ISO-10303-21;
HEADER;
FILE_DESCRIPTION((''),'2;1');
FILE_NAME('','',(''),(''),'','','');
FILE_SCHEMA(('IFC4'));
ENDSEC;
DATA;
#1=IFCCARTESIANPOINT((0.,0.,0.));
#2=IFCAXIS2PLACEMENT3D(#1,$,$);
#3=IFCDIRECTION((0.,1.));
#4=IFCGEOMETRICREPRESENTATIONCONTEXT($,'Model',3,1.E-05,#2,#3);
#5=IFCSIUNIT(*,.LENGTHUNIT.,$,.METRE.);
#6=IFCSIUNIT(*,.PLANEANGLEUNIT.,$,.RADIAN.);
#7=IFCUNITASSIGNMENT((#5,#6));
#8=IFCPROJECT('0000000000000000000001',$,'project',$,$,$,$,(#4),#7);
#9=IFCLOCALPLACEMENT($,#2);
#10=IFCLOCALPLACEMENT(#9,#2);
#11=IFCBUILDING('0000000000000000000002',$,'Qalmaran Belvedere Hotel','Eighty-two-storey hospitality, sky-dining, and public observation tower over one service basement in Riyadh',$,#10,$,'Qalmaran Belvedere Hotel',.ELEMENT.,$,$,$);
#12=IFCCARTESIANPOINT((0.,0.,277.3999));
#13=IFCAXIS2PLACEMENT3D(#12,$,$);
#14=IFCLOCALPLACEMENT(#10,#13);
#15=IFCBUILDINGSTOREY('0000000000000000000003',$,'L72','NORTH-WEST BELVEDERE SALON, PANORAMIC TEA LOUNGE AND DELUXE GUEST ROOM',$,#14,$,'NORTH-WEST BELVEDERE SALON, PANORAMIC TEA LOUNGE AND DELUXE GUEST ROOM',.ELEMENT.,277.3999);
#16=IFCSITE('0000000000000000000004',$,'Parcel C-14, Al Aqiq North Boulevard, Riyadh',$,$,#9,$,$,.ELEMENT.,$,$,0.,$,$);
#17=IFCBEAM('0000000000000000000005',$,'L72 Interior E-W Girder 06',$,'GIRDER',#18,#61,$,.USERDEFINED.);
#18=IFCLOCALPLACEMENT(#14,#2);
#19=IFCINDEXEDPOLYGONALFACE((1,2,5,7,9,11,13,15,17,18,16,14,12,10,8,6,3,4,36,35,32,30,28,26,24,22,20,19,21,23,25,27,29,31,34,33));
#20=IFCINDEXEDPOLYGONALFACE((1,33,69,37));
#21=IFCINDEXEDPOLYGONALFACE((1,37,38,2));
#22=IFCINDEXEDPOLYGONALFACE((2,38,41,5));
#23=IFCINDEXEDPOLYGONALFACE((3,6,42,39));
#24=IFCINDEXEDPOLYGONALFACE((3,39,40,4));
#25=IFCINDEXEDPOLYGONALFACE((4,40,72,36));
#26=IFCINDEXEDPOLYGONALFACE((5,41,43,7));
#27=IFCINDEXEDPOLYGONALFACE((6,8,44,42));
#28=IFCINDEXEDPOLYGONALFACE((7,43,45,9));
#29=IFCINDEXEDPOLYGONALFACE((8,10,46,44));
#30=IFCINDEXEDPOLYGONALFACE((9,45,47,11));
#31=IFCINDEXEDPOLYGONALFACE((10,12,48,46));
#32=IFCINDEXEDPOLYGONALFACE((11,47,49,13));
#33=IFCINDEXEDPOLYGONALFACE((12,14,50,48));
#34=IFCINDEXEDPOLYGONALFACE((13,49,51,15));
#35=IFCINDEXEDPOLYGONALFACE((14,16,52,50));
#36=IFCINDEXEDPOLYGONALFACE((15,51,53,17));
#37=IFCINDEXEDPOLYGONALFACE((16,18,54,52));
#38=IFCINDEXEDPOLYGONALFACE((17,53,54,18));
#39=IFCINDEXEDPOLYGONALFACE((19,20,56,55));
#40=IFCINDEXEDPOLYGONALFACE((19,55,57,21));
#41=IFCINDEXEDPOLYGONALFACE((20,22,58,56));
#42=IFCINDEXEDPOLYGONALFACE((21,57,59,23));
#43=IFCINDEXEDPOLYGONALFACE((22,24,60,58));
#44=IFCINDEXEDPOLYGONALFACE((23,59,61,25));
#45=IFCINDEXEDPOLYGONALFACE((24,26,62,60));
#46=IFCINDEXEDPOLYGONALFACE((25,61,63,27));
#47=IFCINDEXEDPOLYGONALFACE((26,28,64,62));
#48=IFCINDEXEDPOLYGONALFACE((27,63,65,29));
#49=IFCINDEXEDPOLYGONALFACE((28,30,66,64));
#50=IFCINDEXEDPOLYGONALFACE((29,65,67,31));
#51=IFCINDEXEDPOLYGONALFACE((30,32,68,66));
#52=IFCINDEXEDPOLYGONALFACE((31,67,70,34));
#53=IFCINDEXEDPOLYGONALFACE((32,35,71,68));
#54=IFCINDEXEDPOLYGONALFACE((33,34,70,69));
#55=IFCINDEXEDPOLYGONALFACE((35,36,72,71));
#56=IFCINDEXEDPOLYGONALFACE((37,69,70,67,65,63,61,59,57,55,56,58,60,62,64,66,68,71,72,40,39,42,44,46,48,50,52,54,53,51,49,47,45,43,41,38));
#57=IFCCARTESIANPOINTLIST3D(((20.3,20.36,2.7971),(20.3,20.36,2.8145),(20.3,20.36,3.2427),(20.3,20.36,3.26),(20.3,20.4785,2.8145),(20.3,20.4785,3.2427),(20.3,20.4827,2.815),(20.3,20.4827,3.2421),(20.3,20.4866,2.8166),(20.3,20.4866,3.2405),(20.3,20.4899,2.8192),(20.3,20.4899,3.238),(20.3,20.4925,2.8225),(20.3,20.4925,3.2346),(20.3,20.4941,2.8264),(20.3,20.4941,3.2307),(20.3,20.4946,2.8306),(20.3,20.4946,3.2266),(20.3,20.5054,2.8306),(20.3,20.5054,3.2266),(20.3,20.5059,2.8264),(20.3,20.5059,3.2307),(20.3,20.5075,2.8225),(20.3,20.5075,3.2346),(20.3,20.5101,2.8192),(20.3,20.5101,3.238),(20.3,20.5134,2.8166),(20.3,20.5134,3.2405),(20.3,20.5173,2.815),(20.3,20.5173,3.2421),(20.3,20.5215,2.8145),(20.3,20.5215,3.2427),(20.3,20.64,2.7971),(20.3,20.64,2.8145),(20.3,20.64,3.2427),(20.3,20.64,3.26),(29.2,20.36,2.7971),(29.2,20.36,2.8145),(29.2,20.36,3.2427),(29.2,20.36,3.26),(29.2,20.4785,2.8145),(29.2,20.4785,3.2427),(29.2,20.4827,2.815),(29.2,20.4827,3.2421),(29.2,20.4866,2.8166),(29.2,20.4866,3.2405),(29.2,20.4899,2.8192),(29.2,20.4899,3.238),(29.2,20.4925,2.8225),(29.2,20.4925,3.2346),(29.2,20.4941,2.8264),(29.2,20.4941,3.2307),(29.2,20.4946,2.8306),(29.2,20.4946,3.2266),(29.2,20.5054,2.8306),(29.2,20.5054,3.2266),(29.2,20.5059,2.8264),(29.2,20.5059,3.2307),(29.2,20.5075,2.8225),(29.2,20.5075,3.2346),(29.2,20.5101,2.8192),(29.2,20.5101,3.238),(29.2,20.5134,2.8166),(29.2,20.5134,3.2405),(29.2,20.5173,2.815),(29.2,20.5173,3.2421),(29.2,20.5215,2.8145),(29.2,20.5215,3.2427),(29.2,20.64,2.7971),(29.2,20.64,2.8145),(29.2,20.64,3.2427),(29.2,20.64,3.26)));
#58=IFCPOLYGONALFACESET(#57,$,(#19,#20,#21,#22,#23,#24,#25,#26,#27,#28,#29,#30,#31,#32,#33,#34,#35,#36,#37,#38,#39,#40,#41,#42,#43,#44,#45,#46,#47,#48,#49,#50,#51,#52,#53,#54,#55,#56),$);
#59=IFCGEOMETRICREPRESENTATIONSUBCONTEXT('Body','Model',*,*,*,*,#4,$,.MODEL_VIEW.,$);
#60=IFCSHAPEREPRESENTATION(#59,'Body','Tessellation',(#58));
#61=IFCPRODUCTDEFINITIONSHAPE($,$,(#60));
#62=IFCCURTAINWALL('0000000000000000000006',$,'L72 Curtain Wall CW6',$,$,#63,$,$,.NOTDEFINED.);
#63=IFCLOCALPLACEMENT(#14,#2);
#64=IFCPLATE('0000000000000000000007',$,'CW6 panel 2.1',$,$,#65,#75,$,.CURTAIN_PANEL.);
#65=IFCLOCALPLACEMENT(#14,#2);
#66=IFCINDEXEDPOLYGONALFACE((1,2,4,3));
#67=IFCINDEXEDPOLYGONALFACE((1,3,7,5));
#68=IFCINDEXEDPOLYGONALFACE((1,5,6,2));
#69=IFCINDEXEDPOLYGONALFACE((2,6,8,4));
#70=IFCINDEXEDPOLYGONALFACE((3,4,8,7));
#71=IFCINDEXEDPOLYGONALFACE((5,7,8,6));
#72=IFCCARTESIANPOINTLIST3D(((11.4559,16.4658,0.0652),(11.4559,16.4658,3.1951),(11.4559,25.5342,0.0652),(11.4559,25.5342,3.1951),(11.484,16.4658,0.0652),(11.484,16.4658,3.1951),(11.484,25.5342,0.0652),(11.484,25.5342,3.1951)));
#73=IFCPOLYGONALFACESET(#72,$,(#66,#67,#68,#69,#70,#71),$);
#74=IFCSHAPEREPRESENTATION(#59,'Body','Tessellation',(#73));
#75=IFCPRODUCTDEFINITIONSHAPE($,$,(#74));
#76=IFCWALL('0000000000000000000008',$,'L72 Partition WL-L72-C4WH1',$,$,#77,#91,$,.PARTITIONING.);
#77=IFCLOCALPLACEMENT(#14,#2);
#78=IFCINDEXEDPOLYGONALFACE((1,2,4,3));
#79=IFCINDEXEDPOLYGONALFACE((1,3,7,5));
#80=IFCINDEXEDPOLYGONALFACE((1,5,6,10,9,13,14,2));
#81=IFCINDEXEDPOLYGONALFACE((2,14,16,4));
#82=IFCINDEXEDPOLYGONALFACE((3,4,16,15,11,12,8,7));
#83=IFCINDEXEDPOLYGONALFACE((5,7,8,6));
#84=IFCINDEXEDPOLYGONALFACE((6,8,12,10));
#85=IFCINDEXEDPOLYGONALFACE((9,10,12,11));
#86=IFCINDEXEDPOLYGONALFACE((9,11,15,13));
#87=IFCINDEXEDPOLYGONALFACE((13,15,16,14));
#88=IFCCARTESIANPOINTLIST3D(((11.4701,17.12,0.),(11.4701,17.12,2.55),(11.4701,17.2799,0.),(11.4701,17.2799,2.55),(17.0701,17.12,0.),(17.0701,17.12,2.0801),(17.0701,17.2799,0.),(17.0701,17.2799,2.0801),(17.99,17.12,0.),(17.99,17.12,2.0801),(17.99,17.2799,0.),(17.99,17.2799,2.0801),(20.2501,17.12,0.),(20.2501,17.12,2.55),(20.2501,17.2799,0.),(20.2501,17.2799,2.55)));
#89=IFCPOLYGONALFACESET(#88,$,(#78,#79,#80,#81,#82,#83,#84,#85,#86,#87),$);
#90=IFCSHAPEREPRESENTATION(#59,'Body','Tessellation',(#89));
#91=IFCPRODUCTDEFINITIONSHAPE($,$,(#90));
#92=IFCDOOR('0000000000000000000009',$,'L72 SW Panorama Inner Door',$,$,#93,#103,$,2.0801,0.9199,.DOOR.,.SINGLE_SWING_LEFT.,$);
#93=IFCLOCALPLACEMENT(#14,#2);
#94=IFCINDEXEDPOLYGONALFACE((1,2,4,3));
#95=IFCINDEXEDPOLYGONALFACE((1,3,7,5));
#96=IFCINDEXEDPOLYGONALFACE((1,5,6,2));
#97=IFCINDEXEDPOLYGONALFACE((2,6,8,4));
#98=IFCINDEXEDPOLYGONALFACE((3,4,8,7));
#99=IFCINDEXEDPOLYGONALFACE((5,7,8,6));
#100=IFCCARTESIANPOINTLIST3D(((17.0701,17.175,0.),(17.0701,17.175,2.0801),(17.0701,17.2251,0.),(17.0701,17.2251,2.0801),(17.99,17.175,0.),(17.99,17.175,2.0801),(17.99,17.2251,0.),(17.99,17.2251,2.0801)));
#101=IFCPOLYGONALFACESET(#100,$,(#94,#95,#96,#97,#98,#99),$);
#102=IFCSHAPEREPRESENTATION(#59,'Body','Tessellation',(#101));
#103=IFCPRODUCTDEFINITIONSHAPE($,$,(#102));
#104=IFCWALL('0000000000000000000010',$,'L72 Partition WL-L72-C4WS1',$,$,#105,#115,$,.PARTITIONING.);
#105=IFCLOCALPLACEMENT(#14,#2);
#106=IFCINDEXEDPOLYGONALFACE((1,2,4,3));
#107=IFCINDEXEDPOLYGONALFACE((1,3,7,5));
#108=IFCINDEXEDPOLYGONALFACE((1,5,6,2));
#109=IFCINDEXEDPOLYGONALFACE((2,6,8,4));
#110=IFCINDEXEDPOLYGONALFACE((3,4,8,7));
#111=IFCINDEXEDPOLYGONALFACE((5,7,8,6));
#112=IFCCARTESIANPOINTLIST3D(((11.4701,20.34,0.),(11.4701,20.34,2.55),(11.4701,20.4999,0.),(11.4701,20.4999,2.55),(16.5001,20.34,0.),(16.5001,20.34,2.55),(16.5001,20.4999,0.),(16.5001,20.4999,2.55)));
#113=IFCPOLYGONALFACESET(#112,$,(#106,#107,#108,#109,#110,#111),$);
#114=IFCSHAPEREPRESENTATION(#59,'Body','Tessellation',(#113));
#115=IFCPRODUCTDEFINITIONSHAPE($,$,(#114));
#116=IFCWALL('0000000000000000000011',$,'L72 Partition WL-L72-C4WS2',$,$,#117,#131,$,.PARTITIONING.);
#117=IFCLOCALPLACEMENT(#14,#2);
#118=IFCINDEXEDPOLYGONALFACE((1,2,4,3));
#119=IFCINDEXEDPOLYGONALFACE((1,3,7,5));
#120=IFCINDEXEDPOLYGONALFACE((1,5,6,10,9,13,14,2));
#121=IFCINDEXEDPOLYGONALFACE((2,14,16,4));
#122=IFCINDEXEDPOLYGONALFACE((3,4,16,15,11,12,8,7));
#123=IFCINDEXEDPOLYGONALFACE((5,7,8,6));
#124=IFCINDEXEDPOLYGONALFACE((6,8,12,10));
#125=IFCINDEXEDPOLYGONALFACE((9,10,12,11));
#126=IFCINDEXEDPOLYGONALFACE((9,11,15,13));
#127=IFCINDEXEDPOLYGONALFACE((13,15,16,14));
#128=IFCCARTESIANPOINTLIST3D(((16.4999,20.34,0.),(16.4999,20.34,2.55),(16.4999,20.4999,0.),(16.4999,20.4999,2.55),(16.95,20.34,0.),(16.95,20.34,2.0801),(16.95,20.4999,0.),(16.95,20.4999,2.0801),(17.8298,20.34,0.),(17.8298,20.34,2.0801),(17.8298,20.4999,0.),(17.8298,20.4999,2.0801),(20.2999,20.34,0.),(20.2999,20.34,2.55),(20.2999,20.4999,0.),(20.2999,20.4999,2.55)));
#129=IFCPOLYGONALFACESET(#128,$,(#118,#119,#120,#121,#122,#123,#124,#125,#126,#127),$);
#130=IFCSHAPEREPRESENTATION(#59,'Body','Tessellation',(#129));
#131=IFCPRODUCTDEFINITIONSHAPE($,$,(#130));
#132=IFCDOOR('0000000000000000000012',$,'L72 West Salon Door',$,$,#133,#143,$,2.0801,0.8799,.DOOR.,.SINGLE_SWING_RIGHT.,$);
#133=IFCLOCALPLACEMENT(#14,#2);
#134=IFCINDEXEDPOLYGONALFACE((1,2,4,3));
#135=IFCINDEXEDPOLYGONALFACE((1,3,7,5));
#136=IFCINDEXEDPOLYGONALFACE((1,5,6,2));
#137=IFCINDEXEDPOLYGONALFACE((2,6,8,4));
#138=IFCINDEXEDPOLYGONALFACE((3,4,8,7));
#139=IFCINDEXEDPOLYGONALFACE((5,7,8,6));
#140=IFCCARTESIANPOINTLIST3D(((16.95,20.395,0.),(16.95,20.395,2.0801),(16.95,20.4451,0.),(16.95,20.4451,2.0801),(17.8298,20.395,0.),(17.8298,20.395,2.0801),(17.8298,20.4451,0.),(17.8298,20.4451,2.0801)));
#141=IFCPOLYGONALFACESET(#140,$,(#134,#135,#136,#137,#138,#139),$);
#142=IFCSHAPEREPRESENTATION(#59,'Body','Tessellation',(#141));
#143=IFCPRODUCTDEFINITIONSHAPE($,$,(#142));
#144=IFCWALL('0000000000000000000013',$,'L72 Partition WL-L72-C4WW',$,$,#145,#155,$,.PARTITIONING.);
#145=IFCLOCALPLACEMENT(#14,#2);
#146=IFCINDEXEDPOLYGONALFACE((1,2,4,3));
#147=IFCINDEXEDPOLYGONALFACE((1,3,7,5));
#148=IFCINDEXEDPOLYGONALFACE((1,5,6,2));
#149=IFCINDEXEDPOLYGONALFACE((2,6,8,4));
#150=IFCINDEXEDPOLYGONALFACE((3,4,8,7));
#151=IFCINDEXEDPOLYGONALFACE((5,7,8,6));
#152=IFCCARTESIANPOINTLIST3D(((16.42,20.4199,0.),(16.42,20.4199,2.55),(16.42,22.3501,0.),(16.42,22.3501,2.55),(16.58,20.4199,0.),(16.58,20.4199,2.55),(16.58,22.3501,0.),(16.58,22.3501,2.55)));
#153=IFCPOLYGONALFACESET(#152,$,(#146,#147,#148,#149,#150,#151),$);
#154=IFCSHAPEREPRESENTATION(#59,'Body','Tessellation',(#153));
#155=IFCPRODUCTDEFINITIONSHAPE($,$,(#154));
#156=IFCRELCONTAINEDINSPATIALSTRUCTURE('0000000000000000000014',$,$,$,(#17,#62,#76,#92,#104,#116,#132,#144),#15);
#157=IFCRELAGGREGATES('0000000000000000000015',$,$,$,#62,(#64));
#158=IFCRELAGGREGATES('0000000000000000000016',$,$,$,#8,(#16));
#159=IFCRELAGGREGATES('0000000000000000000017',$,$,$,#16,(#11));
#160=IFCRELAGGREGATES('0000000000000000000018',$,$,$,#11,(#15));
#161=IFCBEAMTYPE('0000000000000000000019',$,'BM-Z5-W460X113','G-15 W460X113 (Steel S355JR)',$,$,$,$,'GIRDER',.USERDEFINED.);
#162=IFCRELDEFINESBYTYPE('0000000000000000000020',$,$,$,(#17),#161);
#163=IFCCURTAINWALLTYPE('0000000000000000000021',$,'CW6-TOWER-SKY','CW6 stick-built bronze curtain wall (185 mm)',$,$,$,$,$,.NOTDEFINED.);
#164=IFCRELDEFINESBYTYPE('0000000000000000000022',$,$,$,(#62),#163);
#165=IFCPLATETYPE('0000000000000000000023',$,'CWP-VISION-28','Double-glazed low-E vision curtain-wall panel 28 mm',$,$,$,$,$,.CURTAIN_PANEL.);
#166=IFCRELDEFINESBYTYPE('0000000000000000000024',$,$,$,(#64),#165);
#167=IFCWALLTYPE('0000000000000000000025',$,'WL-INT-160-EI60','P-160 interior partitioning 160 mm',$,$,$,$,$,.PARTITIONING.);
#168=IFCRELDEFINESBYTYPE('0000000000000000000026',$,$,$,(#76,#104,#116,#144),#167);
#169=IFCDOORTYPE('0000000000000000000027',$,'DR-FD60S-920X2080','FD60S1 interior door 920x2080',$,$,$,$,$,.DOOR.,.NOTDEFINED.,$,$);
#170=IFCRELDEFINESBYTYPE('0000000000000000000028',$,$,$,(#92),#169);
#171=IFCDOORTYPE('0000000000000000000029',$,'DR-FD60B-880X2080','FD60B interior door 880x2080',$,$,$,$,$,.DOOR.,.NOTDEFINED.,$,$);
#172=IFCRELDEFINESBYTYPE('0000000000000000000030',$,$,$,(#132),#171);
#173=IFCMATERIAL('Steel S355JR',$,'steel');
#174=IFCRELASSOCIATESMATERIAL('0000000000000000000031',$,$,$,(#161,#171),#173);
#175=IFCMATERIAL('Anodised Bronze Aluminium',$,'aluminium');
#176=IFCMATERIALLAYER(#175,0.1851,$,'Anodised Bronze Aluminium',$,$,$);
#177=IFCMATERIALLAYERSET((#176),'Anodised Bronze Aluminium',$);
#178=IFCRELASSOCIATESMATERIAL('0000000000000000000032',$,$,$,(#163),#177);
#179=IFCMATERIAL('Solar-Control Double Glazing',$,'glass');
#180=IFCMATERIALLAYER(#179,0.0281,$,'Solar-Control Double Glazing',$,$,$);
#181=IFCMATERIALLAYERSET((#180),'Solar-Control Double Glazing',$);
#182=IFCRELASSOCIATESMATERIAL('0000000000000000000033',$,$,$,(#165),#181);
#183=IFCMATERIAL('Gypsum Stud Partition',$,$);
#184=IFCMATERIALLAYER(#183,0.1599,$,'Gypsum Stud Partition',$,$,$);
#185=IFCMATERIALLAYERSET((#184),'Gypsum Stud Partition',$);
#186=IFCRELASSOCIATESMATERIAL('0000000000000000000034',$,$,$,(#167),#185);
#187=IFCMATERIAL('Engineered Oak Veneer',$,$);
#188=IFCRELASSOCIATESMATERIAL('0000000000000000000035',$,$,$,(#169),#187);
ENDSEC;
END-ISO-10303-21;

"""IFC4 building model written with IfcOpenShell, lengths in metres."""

from ifc_helpers import new_model, si_unit, direction, frame, frame_2d, origin, origin_2d, place, context, subcontext, project, spatial, rectangle, i_section, extrude, material, layer, layer_set, material_profile, profile_set, type_object, element, fill, aggregate, save


model = new_model("IFC4")

# Units and contexts
model_context = context("Model", 3, precision=1e-05, world=origin(), true_north=direction((0.0, 1.0)))
body_context = subcontext(model_context, "Body", "Model", "MODEL_VIEW")
ifc_project = project(units=[si_unit("LENGTHUNIT", "METRE"), si_unit("PLANEANGLEUNIT", "RADIAN")], contexts=[model_context])

# Site, building, storey
site_placement = place(None, origin())
site = spatial("IfcSite", under=ifc_project, at=site_placement, Name="Parcel C-14, Al Aqiq North Boulevard, Riyadh", CompositionType="ELEMENT", RefElevation=0.0)
building_placement = place(site_placement, origin())
building = spatial("IfcBuilding", under=site, at=building_placement, Name="Qalmaran Belvedere Hotel", Description="Eighty-two-storey hospitality, sky-dining, and public observation tower over one service basement in Riyadh", LongName="Qalmaran Belvedere Hotel", CompositionType="ELEMENT")
storey_placement = place(building_placement, frame((0.0, 0.0, 277.3999)))
storey = spatial("IfcBuildingStorey", under=building, at=storey_placement, Name="L72", Description="NORTH-WEST BELVEDERE SALON, PANORAMIC TEA LOUNGE AND DELUXE GUEST ROOM", LongName="NORTH-WEST BELVEDERE SALON, PANORAMIC TEA LOUNGE AND DELUXE GUEST ROOM", CompositionType="ELEMENT", Elevation=277.3999)

# Beam
ifc_material_1 = material(Name="Steel S355JR", Category="steel")
ifc_material_profile_1 = material_profile(ifc_material_1, i_section(OverallWidth=0.28, OverallDepth=0.4629, WebThickness=0.0107, FlangeThickness=0.0173, FilletRadius=0.0161, at=origin_2d()), Name="W460X113")
ifc_profile_set_1 = profile_set([ifc_material_profile_1], Name="Steel S355JR")
beam_type_1 = type_object("IfcBeamType", Name="BM-Z5-W460X113", Description="G-15 W460X113 (Steel S355JR)", ElementType="GIRDER", PredefinedType="USERDEFINED", material=ifc_profile_set_1)
beam_1_placement = place(storey_placement, frame((20.3, 20.5, 3.0286), z_axis=(1.0, 0.0, 0.0), x_axis=(0.0, 1.0, 0.0)))
element("IfcBeam", 1, at=beam_1_placement, inside=storey, type_object=beam_type_1, Name="L72 Interior E-W Girder 06", ObjectType="GIRDER", PredefinedType="USERDEFINED", context=body_context, shape_type="SweptSolid", body=[
    extrude(i_section(OverallWidth=0.28, OverallDepth=0.4629, WebThickness=0.0107, FlangeThickness=0.0173, FilletRadius=0.0161, at=origin_2d()), origin(), (0.0, 0.0, 1.0), 8.8999),
])

# Curtain wall, plate
ifc_material_2 = material(Name="Anodised Bronze Aluminium", Category="aluminium")
ifc_layer_1 = layer(ifc_material_2, 0.1851, Name="Anodised Bronze Aluminium")
ifc_layer_set_1 = layer_set([ifc_layer_1], Name="Anodised Bronze Aluminium")
curtain_wall_type = type_object("IfcCurtainWallType", Name="CW6-TOWER-SKY", Description="CW6 stick-built bronze curtain wall (185 mm)", PredefinedType="NOTDEFINED", material=ifc_layer_set_1)
curtain_wall_placement = place(storey_placement, origin())
curtain_wall = element("IfcCurtainWall", 2, at=curtain_wall_placement, inside=storey, type_object=curtain_wall_type, Name="L72 Curtain Wall CW6", PredefinedType="NOTDEFINED")
ifc_material_3 = material(Name="Solar-Control Double Glazing", Category="glass")
ifc_layer_2 = layer(ifc_material_3, 0.0281, Name="Solar-Control Double Glazing")
ifc_layer_set_2 = layer_set([ifc_layer_2], Name="Solar-Control Double Glazing")
plate_type = type_object("IfcPlateType", Name="CWP-VISION-28", Description="Double-glazed low-E vision curtain-wall panel 28 mm", PredefinedType="CURTAIN_PANEL", material=ifc_layer_set_2)
plate_placement = place(storey_placement, frame((11.47, 21.0, 0.0652), z_axis=(0.0, 0.0, 1.0), x_axis=(0.0, -1.0, 0.0)))
plate = element("IfcPlate", 3, at=plate_placement, type_object=plate_type, Name="CW6 panel 2.1", PredefinedType="CURTAIN_PANEL", context=body_context, shape_type="SweptSolid", body=[
    extrude(rectangle(XDim=9.0684, YDim=0.0281, at=origin_2d()), origin(), (0.0, 0.0, 1.0), 3.1299),
])
aggregate(curtain_wall, [plate])

# Wall, opening, door
ifc_material_4 = material(Name="Gypsum Stud Partition")
ifc_layer_3 = layer(ifc_material_4, 0.1599, Name="Gypsum Stud Partition")
ifc_layer_set_3 = layer_set([ifc_layer_3], Name="Gypsum Stud Partition")
wall_type_1 = type_object("IfcWallType", Name="WL-INT-160-EI60", Description="P-160 interior partitioning 160 mm", PredefinedType="PARTITIONING", material=ifc_layer_set_3)
wall_1_placement = place(storey_placement, frame((11.47, 17.2, 0.0), z_axis=(0.0, 0.0, 1.0), x_axis=(1.0, 0.0, 0.0)))
wall_1 = element("IfcWall", 4, at=wall_1_placement, inside=storey, type_object=wall_type_1, Name="L72 Partition WL-L72-C4WH1", PredefinedType="PARTITIONING", context=body_context, shape_type="SweptSolid", body=[
    extrude(rectangle(XDim=8.78, YDim=0.1599, at=frame_2d((4.3901, 0.0))), origin(), (0.0, 0.0, 1.0), 2.55),
])
opening_1_placement = place(wall_1_placement, frame((6.52, 0.0, 0.0), z_axis=(0.0, 0.0, 1.0), x_axis=(-1.0, 0.0, 0.0)))
opening_1 = element("IfcOpeningElement", 5, at=opening_1_placement, cuts=wall_1, PredefinedType="OPENING", context=body_context, shape_type="SweptSolid", body=[
    extrude(rectangle(XDim=0.9199, YDim=2.0801, at=frame_2d((0.46, 1.04))), frame((0.0, 0.0898, 0.0), z_axis=(0.0, -1.0, 0.0), x_axis=(1.0, 0.0, 0.0)), (0.0, 0.0, 1.0), 0.1799),
])
ifc_material_5 = material(Name="Engineered Oak Veneer")
door_type_1 = type_object("IfcDoorType", Name="DR-FD60S-920X2080", Description="FD60S1 interior door 920x2080", OperationType="NOTDEFINED", PredefinedType="DOOR", material=ifc_material_5)
door_1_placement = place(opening_1_placement, origin())
door_1 = element("IfcDoor", 6, at=door_1_placement, inside=storey, type_object=door_type_1, Name="L72 SW Panorama Inner Door", OperationType="SINGLE_SWING_LEFT", OverallHeight=2.0801, OverallWidth=0.9199, PredefinedType="DOOR", context=body_context, shape_type="SweptSolid", body=[
    extrude(rectangle(XDim=0.9199, YDim=2.0801, at=frame_2d((0.46, 1.04))), frame((0.0, 0.0249, 0.0), z_axis=(0.0, -1.0, 0.0), x_axis=(1.0, 0.0, 0.0)), (0.0, 0.0, 1.0), 0.05),
])
fill(opening_1, door_1)

# Wall
wall_2_placement = place(storey_placement, frame((11.47, 20.4199, 0.0), z_axis=(0.0, 0.0, 1.0), x_axis=(1.0, 0.0, 0.0)))
element("IfcWall", 7, at=wall_2_placement, inside=storey, type_object=wall_type_1, Name="L72 Partition WL-L72-C4WS1", PredefinedType="PARTITIONING", context=body_context, shape_type="SweptSolid", body=[
    extrude(rectangle(XDim=5.03, YDim=0.1599, at=frame_2d((2.5151, 0.0))), origin(), (0.0, 0.0, 1.0), 2.55),
])

# Wall, opening, door
wall_3_placement = place(storey_placement, frame((16.5, 20.4199, 0.0), z_axis=(0.0, 0.0, 1.0), x_axis=(1.0, 0.0, 0.0)))
wall_3 = element("IfcWall", 8, at=wall_3_placement, inside=storey, type_object=wall_type_1, Name="L72 Partition WL-L72-C4WS2", PredefinedType="PARTITIONING", context=body_context, shape_type="SweptSolid", body=[
    extrude(rectangle(XDim=3.8, YDim=0.1599, at=frame_2d((1.8999, 0.0))), origin(), (0.0, 0.0, 1.0), 2.55),
])
opening_2_placement = place(wall_3_placement, frame((1.3298, 0.0, 0.0), z_axis=(0.0, 0.0, 1.0), x_axis=(-1.0, 0.0, 0.0)))
opening_2 = element("IfcOpeningElement", 9, at=opening_2_placement, cuts=wall_3, PredefinedType="OPENING", context=body_context, shape_type="SweptSolid", body=[
    extrude(rectangle(XDim=0.8799, YDim=2.0801, at=frame_2d((0.4399, 1.04))), frame((0.0, 0.0898, 0.0), z_axis=(0.0, -1.0, 0.0), x_axis=(1.0, 0.0, 0.0)), (0.0, 0.0, 1.0), 0.1799),
])
door_type_2 = type_object("IfcDoorType", Name="DR-FD60B-880X2080", Description="FD60B interior door 880x2080", OperationType="NOTDEFINED", PredefinedType="DOOR", material=ifc_material_1)
door_2_placement = place(opening_2_placement, origin())
door_2 = element("IfcDoor", 10, at=door_2_placement, inside=storey, type_object=door_type_2, Name="L72 West Salon Door", OperationType="SINGLE_SWING_RIGHT", OverallHeight=2.0801, OverallWidth=0.8799, PredefinedType="DOOR", context=body_context, shape_type="SweptSolid", body=[
    extrude(rectangle(XDim=0.8799, YDim=2.0801, at=frame_2d((0.4399, 1.04))), frame((0.0, 0.0249, 0.0), z_axis=(0.0, -1.0, 0.0), x_axis=(1.0, 0.0, 0.0)), (0.0, 0.0, 1.0), 0.05),
])
fill(opening_2, door_2)

# Wall
wall_4_placement = place(storey_placement, frame((16.5, 20.4199, 0.0), z_axis=(0.0, 0.0, 1.0), x_axis=(0.0, 1.0, 0.0)))
element("IfcWall", 11, at=wall_4_placement, inside=storey, type_object=wall_type_1, Name="L72 Partition WL-L72-C4WW", PredefinedType="PARTITIONING", context=body_context, shape_type="SweptSolid", body=[
    extrude(rectangle(XDim=1.9302, YDim=0.1599, at=frame_2d((0.9651, 0.0))), origin(), (0.0, 0.0, 1.0), 2.55),
])

save(model, "model.ifc")
